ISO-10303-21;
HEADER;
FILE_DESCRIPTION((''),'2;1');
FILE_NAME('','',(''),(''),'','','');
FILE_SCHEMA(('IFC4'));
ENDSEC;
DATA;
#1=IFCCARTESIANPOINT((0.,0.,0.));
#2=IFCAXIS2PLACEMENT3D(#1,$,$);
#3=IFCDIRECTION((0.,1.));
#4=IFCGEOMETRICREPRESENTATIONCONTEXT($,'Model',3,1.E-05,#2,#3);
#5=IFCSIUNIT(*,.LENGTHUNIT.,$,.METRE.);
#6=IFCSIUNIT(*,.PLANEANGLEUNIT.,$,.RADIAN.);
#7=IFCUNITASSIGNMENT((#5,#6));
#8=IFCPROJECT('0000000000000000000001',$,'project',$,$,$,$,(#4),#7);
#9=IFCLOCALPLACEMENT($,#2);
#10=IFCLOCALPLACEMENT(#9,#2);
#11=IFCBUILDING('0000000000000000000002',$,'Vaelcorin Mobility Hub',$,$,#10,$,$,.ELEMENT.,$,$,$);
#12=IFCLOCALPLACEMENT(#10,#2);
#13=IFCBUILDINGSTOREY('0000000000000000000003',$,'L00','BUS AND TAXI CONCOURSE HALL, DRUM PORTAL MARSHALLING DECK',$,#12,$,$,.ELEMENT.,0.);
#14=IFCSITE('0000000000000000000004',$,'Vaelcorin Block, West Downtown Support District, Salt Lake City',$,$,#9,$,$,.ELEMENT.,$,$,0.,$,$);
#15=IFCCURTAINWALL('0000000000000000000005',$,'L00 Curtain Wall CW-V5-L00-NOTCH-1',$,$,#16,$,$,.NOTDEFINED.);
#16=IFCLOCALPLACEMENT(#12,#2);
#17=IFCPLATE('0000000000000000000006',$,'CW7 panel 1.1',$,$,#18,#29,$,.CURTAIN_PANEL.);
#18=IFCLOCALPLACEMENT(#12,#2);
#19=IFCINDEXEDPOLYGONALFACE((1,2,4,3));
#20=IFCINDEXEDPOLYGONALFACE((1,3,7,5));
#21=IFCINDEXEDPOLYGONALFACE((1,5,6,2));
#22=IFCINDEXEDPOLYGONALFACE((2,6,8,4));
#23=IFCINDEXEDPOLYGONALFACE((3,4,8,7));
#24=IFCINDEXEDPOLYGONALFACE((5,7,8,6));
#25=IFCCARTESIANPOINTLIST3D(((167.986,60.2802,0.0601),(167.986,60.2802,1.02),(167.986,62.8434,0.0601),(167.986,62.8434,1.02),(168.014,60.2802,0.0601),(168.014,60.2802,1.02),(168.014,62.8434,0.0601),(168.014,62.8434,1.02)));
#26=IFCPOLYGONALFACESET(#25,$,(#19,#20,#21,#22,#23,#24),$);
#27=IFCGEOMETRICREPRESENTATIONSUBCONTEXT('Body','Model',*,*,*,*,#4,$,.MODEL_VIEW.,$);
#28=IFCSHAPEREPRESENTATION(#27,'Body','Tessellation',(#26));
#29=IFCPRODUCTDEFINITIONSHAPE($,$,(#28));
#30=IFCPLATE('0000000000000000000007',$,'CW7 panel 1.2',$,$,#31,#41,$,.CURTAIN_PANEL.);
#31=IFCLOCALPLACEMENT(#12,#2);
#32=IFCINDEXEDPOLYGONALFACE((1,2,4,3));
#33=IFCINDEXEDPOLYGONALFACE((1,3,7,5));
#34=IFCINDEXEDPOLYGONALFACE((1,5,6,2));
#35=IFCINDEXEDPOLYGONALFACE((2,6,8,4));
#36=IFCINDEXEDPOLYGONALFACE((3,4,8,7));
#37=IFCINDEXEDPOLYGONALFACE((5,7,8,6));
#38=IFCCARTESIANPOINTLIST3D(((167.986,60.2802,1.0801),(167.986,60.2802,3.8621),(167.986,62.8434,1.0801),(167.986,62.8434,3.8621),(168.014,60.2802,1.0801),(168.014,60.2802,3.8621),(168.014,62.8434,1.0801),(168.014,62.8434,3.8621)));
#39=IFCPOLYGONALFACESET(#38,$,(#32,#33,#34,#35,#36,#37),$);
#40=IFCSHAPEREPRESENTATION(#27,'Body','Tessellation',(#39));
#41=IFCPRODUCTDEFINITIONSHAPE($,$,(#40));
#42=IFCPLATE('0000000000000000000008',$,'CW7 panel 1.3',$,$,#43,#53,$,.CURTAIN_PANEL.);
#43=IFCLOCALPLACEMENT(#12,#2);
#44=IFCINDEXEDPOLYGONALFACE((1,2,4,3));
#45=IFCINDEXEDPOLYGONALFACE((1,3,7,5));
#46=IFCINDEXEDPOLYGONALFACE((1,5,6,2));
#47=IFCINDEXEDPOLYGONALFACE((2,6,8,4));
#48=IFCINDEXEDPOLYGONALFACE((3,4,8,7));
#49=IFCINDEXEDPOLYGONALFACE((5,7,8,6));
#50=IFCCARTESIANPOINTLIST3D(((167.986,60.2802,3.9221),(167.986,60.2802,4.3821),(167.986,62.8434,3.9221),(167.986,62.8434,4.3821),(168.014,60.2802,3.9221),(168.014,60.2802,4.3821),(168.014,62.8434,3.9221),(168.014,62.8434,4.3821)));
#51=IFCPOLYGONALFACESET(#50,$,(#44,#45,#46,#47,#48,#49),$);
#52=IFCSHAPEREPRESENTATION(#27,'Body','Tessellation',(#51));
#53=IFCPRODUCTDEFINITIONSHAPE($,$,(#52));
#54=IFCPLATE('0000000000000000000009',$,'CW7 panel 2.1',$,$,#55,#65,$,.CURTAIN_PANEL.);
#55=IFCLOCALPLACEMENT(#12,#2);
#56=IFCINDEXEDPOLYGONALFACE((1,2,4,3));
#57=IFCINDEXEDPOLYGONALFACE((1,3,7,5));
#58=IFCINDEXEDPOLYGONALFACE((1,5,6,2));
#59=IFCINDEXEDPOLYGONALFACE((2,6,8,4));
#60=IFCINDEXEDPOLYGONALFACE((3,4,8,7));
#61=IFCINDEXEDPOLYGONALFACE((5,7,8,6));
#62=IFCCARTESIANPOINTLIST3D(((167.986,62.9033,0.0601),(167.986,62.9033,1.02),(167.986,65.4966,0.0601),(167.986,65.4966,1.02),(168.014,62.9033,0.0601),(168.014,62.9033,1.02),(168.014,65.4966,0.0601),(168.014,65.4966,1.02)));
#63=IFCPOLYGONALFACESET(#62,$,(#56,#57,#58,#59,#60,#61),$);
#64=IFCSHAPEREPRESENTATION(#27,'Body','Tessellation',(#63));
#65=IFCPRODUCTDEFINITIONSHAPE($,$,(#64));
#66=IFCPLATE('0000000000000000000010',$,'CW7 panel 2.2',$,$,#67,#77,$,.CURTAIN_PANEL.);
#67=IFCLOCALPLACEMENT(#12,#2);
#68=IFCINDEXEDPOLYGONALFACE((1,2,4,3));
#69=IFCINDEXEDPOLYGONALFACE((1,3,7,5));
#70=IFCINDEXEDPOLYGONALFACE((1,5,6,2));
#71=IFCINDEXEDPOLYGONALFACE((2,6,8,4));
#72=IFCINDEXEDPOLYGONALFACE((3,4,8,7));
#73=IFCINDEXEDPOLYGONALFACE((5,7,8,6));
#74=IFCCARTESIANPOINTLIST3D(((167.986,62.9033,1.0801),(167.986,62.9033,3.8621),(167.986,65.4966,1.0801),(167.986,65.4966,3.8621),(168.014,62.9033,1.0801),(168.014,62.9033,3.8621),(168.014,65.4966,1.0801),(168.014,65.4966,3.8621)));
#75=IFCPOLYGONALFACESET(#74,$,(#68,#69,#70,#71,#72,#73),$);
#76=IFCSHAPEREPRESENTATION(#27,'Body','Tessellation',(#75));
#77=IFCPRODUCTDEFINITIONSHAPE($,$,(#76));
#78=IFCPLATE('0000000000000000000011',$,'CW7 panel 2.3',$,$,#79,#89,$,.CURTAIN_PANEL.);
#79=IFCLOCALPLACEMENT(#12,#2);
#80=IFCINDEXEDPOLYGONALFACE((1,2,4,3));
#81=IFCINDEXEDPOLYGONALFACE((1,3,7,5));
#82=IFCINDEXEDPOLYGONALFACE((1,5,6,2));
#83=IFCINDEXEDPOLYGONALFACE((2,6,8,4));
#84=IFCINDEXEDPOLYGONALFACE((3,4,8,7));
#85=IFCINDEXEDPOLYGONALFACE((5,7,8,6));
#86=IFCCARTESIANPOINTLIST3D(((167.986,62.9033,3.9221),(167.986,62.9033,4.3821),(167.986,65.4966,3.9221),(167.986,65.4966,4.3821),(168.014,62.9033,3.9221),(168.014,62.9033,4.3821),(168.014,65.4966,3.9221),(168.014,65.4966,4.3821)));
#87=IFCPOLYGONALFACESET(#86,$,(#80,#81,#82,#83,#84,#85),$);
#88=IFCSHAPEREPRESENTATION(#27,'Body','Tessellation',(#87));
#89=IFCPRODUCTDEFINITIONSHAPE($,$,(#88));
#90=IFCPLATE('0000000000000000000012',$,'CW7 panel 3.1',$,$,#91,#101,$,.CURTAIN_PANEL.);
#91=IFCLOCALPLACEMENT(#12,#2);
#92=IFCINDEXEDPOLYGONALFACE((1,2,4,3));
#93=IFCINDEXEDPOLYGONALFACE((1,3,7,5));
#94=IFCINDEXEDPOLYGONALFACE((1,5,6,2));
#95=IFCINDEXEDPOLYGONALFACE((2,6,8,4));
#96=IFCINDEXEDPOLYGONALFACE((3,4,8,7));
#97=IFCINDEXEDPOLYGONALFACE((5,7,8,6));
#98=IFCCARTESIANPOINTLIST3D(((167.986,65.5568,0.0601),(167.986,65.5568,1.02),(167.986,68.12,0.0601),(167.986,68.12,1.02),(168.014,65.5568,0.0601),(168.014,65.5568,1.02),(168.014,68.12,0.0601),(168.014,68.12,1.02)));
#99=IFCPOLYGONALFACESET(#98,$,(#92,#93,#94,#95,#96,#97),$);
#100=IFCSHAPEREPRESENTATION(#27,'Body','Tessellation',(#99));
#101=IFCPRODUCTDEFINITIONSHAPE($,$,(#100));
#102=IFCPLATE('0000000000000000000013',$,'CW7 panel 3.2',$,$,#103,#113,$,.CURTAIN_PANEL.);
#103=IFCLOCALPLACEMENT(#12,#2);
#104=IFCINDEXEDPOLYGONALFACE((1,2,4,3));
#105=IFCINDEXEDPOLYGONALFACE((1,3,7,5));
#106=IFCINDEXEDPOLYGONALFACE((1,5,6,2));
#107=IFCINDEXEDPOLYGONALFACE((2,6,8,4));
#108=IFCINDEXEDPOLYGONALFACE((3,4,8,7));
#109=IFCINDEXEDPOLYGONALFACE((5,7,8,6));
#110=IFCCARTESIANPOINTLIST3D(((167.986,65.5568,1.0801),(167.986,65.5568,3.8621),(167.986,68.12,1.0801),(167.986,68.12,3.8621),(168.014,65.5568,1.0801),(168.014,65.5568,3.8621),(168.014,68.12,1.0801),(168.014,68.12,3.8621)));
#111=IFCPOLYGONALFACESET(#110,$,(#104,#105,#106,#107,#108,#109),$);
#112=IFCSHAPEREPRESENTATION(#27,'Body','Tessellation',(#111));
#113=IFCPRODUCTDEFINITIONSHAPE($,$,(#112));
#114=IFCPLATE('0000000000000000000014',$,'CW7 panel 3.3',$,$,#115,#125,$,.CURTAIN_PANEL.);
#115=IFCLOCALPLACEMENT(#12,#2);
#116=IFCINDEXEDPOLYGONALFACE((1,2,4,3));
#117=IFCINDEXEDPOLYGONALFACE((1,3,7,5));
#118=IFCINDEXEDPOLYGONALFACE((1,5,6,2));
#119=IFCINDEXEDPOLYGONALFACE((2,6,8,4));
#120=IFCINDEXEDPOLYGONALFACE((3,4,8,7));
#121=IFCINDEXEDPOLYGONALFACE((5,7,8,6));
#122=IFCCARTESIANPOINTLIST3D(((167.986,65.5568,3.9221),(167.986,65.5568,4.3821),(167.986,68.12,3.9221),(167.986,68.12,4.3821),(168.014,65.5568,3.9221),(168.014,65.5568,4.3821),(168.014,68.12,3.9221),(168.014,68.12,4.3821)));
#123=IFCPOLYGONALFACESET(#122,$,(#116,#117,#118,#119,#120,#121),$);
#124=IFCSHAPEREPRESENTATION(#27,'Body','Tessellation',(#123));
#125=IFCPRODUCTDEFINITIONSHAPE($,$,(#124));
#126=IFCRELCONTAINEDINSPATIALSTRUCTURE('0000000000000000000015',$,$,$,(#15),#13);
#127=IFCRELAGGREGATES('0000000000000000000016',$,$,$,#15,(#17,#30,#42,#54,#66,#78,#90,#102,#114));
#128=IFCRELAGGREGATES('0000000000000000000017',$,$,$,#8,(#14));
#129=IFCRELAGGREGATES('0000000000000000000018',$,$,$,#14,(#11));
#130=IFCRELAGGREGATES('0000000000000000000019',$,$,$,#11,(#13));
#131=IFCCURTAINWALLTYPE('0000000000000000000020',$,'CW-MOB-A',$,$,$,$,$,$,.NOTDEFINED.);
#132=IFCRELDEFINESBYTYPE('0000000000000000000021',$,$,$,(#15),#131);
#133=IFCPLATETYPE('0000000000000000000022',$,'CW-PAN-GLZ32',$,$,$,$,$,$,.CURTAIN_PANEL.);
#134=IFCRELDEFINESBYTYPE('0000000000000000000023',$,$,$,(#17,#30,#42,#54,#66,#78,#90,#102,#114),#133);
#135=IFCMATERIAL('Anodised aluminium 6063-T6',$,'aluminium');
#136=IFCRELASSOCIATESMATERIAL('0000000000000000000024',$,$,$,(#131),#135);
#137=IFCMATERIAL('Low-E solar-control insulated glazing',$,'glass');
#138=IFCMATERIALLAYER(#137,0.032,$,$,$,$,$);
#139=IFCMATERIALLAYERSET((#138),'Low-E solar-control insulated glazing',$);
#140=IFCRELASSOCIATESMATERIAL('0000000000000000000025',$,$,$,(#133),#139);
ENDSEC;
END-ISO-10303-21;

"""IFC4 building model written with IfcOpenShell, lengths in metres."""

from ifc_helpers import new_model, si_unit, direction, frame, origin, origin_2d, place, context, subcontext, project, spatial, rectangle, extrude, material, layer, layer_set, type_object, element, aggregate, save


model = new_model("IFC4")

# Units and contexts
model_context = context("Model", 3, precision=1e-05, world=origin(), true_north=direction((0.0, 1.0)))
body_context = subcontext(model_context, "Body", "Model", "MODEL_VIEW")
ifc_project = project(units=[si_unit("LENGTHUNIT", "METRE"), si_unit("PLANEANGLEUNIT", "RADIAN")], contexts=[model_context])

# Site, building, storey
site_placement = place(None, origin())
site = spatial("IfcSite", under=ifc_project, at=site_placement, Name="Vaelcorin Block, West Downtown Support District, Salt Lake City", CompositionType="ELEMENT", RefElevation=0.0)
building_placement = place(site_placement, origin())
building = spatial("IfcBuilding", under=site, at=building_placement, Name="Vaelcorin Mobility Hub", CompositionType="ELEMENT")
storey_placement = place(building_placement, origin())
storey = spatial("IfcBuildingStorey", under=building, at=storey_placement, Name="L00", Description="BUS AND TAXI CONCOURSE HALL, DRUM PORTAL MARSHALLING DECK", CompositionType="ELEMENT", Elevation=0.0)

# Curtain wall, plates
ifc_material_1 = material(Name="Anodised aluminium 6063-T6", Category="aluminium")
curtain_wall_type = type_object("IfcCurtainWallType", Name="CW-MOB-A", PredefinedType="NOTDEFINED", material=ifc_material_1)
curtain_wall_placement = place(storey_placement, origin())
curtain_wall = element("IfcCurtainWall", 1, at=curtain_wall_placement, inside=storey, type_object=curtain_wall_type, Name="L00 Curtain Wall CW-V5-L00-NOTCH-1", PredefinedType="NOTDEFINED")
ifc_material_2 = material(Name="Low-E solar-control insulated glazing", Category="glass")
ifc_layer = layer(ifc_material_2, 0.032)
ifc_layer_set = layer_set([ifc_layer], Name="Low-E solar-control insulated glazing")
plate_type = type_object("IfcPlateType", Name="CW-PAN-GLZ32", PredefinedType="CURTAIN_PANEL", material=ifc_layer_set)
plate_1_placement = place(storey_placement, frame((168.0, 61.5618, 0.0601), z_axis=(0.0, 0.0, 1.0), x_axis=(0.0, 1.0, 0.0)))
plate_1 = element("IfcPlate", 2, at=plate_1_placement, type_object=plate_type, Name="CW7 panel 1.1", PredefinedType="CURTAIN_PANEL", context=body_context, shape_type="SweptSolid", body=[
    extrude(rectangle(XDim=2.5632, YDim=0.0281, at=origin_2d()), origin(), (0.0, 0.0, 1.0), 0.96),
])
plate_2_placement = place(storey_placement, frame((168.0, 61.5618, 1.0801), z_axis=(0.0, 0.0, 1.0), x_axis=(0.0, 1.0, 0.0)))
plate_2 = element("IfcPlate", 3, at=plate_2_placement, type_object=plate_type, Name="CW7 panel 1.2", PredefinedType="CURTAIN_PANEL", context=body_context, shape_type="SweptSolid", body=[
    extrude(rectangle(XDim=2.5632, YDim=0.0281, at=origin_2d()), origin(), (0.0, 0.0, 1.0), 2.782),
])
plate_3_placement = place(storey_placement, frame((168.0, 61.5618, 3.9221), z_axis=(0.0, 0.0, 1.0), x_axis=(0.0, 1.0, 0.0)))
plate_3 = element("IfcPlate", 4, at=plate_3_placement, type_object=plate_type, Name="CW7 panel 1.3", PredefinedType="CURTAIN_PANEL", context=body_context, shape_type="SweptSolid", body=[
    extrude(rectangle(XDim=2.5632, YDim=0.0281, at=origin_2d()), origin(), (0.0, 0.0, 1.0), 0.46),
])
plate_4_placement = place(storey_placement, frame((168.0, 64.2, 0.0601), z_axis=(0.0, 0.0, 1.0), x_axis=(0.0, 1.0, 0.0)))
plate_4 = element("IfcPlate", 5, at=plate_4_placement, type_object=plate_type, Name="CW7 panel 2.1", PredefinedType="CURTAIN_PANEL", context=body_context, shape_type="SweptSolid", body=[
    extrude(rectangle(XDim=2.5933, YDim=0.0281, at=origin_2d()), origin(), (0.0, 0.0, 1.0), 0.96),
])
plate_5_placement = place(storey_placement, frame((168.0, 64.2, 1.0801), z_axis=(0.0, 0.0, 1.0), x_axis=(0.0, 1.0, 0.0)))
plate_5 = element("IfcPlate", 6, at=plate_5_placement, type_object=plate_type, Name="CW7 panel 2.2", PredefinedType="CURTAIN_PANEL", context=body_context, shape_type="SweptSolid", body=[
    extrude(rectangle(XDim=2.5933, YDim=0.0281, at=origin_2d()), origin(), (0.0, 0.0, 1.0), 2.782),
])
plate_6_placement = place(storey_placement, frame((168.0, 64.2, 3.9221), z_axis=(0.0, 0.0, 1.0), x_axis=(0.0, 1.0, 0.0)))
plate_6 = element("IfcPlate", 7, at=plate_6_placement, type_object=plate_type, Name="CW7 panel 2.3", PredefinedType="CURTAIN_PANEL", context=body_context, shape_type="SweptSolid", body=[
    extrude(rectangle(XDim=2.5933, YDim=0.0281, at=origin_2d()), origin(), (0.0, 0.0, 1.0), 0.46),
])
plate_7_placement = place(storey_placement, frame((168.0, 66.8384, 0.0601), z_axis=(0.0, 0.0, 1.0), x_axis=(0.0, 1.0, 0.0)))
plate_7 = element("IfcPlate", 8, at=plate_7_placement, type_object=plate_type, Name="CW7 panel 3.1", PredefinedType="CURTAIN_PANEL", context=body_context, shape_type="SweptSolid", body=[
    extrude(rectangle(XDim=2.5632, YDim=0.0281, at=origin_2d()), origin(), (0.0, 0.0, 1.0), 0.96),
])
plate_8_placement = place(storey_placement, frame((168.0, 66.8384, 1.0801), z_axis=(0.0, 0.0, 1.0), x_axis=(0.0, 1.0, 0.0)))
plate_8 = element("IfcPlate", 9, at=plate_8_placement, type_object=plate_type, Name="CW7 panel 3.2", PredefinedType="CURTAIN_PANEL", context=body_context, shape_type="SweptSolid", body=[
    extrude(rectangle(XDim=2.5632, YDim=0.0281, at=origin_2d()), origin(), (0.0, 0.0, 1.0), 2.782),
])
plate_9_placement = place(storey_placement, frame((168.0, 66.8384, 3.9221), z_axis=(0.0, 0.0, 1.0), x_axis=(0.0, 1.0, 0.0)))
plate_9 = element("IfcPlate", 10, at=plate_9_placement, type_object=plate_type, Name="CW7 panel 3.3", PredefinedType="CURTAIN_PANEL", context=body_context, shape_type="SweptSolid", body=[
    extrude(rectangle(XDim=2.5632, YDim=0.0281, at=origin_2d()), origin(), (0.0, 0.0, 1.0), 0.46),
])
aggregate(curtain_wall, [plate_1, plate_2, plate_3, plate_4, plate_5, plate_6, plate_7, plate_8, plate_9])

save(model, "model.ifc")
